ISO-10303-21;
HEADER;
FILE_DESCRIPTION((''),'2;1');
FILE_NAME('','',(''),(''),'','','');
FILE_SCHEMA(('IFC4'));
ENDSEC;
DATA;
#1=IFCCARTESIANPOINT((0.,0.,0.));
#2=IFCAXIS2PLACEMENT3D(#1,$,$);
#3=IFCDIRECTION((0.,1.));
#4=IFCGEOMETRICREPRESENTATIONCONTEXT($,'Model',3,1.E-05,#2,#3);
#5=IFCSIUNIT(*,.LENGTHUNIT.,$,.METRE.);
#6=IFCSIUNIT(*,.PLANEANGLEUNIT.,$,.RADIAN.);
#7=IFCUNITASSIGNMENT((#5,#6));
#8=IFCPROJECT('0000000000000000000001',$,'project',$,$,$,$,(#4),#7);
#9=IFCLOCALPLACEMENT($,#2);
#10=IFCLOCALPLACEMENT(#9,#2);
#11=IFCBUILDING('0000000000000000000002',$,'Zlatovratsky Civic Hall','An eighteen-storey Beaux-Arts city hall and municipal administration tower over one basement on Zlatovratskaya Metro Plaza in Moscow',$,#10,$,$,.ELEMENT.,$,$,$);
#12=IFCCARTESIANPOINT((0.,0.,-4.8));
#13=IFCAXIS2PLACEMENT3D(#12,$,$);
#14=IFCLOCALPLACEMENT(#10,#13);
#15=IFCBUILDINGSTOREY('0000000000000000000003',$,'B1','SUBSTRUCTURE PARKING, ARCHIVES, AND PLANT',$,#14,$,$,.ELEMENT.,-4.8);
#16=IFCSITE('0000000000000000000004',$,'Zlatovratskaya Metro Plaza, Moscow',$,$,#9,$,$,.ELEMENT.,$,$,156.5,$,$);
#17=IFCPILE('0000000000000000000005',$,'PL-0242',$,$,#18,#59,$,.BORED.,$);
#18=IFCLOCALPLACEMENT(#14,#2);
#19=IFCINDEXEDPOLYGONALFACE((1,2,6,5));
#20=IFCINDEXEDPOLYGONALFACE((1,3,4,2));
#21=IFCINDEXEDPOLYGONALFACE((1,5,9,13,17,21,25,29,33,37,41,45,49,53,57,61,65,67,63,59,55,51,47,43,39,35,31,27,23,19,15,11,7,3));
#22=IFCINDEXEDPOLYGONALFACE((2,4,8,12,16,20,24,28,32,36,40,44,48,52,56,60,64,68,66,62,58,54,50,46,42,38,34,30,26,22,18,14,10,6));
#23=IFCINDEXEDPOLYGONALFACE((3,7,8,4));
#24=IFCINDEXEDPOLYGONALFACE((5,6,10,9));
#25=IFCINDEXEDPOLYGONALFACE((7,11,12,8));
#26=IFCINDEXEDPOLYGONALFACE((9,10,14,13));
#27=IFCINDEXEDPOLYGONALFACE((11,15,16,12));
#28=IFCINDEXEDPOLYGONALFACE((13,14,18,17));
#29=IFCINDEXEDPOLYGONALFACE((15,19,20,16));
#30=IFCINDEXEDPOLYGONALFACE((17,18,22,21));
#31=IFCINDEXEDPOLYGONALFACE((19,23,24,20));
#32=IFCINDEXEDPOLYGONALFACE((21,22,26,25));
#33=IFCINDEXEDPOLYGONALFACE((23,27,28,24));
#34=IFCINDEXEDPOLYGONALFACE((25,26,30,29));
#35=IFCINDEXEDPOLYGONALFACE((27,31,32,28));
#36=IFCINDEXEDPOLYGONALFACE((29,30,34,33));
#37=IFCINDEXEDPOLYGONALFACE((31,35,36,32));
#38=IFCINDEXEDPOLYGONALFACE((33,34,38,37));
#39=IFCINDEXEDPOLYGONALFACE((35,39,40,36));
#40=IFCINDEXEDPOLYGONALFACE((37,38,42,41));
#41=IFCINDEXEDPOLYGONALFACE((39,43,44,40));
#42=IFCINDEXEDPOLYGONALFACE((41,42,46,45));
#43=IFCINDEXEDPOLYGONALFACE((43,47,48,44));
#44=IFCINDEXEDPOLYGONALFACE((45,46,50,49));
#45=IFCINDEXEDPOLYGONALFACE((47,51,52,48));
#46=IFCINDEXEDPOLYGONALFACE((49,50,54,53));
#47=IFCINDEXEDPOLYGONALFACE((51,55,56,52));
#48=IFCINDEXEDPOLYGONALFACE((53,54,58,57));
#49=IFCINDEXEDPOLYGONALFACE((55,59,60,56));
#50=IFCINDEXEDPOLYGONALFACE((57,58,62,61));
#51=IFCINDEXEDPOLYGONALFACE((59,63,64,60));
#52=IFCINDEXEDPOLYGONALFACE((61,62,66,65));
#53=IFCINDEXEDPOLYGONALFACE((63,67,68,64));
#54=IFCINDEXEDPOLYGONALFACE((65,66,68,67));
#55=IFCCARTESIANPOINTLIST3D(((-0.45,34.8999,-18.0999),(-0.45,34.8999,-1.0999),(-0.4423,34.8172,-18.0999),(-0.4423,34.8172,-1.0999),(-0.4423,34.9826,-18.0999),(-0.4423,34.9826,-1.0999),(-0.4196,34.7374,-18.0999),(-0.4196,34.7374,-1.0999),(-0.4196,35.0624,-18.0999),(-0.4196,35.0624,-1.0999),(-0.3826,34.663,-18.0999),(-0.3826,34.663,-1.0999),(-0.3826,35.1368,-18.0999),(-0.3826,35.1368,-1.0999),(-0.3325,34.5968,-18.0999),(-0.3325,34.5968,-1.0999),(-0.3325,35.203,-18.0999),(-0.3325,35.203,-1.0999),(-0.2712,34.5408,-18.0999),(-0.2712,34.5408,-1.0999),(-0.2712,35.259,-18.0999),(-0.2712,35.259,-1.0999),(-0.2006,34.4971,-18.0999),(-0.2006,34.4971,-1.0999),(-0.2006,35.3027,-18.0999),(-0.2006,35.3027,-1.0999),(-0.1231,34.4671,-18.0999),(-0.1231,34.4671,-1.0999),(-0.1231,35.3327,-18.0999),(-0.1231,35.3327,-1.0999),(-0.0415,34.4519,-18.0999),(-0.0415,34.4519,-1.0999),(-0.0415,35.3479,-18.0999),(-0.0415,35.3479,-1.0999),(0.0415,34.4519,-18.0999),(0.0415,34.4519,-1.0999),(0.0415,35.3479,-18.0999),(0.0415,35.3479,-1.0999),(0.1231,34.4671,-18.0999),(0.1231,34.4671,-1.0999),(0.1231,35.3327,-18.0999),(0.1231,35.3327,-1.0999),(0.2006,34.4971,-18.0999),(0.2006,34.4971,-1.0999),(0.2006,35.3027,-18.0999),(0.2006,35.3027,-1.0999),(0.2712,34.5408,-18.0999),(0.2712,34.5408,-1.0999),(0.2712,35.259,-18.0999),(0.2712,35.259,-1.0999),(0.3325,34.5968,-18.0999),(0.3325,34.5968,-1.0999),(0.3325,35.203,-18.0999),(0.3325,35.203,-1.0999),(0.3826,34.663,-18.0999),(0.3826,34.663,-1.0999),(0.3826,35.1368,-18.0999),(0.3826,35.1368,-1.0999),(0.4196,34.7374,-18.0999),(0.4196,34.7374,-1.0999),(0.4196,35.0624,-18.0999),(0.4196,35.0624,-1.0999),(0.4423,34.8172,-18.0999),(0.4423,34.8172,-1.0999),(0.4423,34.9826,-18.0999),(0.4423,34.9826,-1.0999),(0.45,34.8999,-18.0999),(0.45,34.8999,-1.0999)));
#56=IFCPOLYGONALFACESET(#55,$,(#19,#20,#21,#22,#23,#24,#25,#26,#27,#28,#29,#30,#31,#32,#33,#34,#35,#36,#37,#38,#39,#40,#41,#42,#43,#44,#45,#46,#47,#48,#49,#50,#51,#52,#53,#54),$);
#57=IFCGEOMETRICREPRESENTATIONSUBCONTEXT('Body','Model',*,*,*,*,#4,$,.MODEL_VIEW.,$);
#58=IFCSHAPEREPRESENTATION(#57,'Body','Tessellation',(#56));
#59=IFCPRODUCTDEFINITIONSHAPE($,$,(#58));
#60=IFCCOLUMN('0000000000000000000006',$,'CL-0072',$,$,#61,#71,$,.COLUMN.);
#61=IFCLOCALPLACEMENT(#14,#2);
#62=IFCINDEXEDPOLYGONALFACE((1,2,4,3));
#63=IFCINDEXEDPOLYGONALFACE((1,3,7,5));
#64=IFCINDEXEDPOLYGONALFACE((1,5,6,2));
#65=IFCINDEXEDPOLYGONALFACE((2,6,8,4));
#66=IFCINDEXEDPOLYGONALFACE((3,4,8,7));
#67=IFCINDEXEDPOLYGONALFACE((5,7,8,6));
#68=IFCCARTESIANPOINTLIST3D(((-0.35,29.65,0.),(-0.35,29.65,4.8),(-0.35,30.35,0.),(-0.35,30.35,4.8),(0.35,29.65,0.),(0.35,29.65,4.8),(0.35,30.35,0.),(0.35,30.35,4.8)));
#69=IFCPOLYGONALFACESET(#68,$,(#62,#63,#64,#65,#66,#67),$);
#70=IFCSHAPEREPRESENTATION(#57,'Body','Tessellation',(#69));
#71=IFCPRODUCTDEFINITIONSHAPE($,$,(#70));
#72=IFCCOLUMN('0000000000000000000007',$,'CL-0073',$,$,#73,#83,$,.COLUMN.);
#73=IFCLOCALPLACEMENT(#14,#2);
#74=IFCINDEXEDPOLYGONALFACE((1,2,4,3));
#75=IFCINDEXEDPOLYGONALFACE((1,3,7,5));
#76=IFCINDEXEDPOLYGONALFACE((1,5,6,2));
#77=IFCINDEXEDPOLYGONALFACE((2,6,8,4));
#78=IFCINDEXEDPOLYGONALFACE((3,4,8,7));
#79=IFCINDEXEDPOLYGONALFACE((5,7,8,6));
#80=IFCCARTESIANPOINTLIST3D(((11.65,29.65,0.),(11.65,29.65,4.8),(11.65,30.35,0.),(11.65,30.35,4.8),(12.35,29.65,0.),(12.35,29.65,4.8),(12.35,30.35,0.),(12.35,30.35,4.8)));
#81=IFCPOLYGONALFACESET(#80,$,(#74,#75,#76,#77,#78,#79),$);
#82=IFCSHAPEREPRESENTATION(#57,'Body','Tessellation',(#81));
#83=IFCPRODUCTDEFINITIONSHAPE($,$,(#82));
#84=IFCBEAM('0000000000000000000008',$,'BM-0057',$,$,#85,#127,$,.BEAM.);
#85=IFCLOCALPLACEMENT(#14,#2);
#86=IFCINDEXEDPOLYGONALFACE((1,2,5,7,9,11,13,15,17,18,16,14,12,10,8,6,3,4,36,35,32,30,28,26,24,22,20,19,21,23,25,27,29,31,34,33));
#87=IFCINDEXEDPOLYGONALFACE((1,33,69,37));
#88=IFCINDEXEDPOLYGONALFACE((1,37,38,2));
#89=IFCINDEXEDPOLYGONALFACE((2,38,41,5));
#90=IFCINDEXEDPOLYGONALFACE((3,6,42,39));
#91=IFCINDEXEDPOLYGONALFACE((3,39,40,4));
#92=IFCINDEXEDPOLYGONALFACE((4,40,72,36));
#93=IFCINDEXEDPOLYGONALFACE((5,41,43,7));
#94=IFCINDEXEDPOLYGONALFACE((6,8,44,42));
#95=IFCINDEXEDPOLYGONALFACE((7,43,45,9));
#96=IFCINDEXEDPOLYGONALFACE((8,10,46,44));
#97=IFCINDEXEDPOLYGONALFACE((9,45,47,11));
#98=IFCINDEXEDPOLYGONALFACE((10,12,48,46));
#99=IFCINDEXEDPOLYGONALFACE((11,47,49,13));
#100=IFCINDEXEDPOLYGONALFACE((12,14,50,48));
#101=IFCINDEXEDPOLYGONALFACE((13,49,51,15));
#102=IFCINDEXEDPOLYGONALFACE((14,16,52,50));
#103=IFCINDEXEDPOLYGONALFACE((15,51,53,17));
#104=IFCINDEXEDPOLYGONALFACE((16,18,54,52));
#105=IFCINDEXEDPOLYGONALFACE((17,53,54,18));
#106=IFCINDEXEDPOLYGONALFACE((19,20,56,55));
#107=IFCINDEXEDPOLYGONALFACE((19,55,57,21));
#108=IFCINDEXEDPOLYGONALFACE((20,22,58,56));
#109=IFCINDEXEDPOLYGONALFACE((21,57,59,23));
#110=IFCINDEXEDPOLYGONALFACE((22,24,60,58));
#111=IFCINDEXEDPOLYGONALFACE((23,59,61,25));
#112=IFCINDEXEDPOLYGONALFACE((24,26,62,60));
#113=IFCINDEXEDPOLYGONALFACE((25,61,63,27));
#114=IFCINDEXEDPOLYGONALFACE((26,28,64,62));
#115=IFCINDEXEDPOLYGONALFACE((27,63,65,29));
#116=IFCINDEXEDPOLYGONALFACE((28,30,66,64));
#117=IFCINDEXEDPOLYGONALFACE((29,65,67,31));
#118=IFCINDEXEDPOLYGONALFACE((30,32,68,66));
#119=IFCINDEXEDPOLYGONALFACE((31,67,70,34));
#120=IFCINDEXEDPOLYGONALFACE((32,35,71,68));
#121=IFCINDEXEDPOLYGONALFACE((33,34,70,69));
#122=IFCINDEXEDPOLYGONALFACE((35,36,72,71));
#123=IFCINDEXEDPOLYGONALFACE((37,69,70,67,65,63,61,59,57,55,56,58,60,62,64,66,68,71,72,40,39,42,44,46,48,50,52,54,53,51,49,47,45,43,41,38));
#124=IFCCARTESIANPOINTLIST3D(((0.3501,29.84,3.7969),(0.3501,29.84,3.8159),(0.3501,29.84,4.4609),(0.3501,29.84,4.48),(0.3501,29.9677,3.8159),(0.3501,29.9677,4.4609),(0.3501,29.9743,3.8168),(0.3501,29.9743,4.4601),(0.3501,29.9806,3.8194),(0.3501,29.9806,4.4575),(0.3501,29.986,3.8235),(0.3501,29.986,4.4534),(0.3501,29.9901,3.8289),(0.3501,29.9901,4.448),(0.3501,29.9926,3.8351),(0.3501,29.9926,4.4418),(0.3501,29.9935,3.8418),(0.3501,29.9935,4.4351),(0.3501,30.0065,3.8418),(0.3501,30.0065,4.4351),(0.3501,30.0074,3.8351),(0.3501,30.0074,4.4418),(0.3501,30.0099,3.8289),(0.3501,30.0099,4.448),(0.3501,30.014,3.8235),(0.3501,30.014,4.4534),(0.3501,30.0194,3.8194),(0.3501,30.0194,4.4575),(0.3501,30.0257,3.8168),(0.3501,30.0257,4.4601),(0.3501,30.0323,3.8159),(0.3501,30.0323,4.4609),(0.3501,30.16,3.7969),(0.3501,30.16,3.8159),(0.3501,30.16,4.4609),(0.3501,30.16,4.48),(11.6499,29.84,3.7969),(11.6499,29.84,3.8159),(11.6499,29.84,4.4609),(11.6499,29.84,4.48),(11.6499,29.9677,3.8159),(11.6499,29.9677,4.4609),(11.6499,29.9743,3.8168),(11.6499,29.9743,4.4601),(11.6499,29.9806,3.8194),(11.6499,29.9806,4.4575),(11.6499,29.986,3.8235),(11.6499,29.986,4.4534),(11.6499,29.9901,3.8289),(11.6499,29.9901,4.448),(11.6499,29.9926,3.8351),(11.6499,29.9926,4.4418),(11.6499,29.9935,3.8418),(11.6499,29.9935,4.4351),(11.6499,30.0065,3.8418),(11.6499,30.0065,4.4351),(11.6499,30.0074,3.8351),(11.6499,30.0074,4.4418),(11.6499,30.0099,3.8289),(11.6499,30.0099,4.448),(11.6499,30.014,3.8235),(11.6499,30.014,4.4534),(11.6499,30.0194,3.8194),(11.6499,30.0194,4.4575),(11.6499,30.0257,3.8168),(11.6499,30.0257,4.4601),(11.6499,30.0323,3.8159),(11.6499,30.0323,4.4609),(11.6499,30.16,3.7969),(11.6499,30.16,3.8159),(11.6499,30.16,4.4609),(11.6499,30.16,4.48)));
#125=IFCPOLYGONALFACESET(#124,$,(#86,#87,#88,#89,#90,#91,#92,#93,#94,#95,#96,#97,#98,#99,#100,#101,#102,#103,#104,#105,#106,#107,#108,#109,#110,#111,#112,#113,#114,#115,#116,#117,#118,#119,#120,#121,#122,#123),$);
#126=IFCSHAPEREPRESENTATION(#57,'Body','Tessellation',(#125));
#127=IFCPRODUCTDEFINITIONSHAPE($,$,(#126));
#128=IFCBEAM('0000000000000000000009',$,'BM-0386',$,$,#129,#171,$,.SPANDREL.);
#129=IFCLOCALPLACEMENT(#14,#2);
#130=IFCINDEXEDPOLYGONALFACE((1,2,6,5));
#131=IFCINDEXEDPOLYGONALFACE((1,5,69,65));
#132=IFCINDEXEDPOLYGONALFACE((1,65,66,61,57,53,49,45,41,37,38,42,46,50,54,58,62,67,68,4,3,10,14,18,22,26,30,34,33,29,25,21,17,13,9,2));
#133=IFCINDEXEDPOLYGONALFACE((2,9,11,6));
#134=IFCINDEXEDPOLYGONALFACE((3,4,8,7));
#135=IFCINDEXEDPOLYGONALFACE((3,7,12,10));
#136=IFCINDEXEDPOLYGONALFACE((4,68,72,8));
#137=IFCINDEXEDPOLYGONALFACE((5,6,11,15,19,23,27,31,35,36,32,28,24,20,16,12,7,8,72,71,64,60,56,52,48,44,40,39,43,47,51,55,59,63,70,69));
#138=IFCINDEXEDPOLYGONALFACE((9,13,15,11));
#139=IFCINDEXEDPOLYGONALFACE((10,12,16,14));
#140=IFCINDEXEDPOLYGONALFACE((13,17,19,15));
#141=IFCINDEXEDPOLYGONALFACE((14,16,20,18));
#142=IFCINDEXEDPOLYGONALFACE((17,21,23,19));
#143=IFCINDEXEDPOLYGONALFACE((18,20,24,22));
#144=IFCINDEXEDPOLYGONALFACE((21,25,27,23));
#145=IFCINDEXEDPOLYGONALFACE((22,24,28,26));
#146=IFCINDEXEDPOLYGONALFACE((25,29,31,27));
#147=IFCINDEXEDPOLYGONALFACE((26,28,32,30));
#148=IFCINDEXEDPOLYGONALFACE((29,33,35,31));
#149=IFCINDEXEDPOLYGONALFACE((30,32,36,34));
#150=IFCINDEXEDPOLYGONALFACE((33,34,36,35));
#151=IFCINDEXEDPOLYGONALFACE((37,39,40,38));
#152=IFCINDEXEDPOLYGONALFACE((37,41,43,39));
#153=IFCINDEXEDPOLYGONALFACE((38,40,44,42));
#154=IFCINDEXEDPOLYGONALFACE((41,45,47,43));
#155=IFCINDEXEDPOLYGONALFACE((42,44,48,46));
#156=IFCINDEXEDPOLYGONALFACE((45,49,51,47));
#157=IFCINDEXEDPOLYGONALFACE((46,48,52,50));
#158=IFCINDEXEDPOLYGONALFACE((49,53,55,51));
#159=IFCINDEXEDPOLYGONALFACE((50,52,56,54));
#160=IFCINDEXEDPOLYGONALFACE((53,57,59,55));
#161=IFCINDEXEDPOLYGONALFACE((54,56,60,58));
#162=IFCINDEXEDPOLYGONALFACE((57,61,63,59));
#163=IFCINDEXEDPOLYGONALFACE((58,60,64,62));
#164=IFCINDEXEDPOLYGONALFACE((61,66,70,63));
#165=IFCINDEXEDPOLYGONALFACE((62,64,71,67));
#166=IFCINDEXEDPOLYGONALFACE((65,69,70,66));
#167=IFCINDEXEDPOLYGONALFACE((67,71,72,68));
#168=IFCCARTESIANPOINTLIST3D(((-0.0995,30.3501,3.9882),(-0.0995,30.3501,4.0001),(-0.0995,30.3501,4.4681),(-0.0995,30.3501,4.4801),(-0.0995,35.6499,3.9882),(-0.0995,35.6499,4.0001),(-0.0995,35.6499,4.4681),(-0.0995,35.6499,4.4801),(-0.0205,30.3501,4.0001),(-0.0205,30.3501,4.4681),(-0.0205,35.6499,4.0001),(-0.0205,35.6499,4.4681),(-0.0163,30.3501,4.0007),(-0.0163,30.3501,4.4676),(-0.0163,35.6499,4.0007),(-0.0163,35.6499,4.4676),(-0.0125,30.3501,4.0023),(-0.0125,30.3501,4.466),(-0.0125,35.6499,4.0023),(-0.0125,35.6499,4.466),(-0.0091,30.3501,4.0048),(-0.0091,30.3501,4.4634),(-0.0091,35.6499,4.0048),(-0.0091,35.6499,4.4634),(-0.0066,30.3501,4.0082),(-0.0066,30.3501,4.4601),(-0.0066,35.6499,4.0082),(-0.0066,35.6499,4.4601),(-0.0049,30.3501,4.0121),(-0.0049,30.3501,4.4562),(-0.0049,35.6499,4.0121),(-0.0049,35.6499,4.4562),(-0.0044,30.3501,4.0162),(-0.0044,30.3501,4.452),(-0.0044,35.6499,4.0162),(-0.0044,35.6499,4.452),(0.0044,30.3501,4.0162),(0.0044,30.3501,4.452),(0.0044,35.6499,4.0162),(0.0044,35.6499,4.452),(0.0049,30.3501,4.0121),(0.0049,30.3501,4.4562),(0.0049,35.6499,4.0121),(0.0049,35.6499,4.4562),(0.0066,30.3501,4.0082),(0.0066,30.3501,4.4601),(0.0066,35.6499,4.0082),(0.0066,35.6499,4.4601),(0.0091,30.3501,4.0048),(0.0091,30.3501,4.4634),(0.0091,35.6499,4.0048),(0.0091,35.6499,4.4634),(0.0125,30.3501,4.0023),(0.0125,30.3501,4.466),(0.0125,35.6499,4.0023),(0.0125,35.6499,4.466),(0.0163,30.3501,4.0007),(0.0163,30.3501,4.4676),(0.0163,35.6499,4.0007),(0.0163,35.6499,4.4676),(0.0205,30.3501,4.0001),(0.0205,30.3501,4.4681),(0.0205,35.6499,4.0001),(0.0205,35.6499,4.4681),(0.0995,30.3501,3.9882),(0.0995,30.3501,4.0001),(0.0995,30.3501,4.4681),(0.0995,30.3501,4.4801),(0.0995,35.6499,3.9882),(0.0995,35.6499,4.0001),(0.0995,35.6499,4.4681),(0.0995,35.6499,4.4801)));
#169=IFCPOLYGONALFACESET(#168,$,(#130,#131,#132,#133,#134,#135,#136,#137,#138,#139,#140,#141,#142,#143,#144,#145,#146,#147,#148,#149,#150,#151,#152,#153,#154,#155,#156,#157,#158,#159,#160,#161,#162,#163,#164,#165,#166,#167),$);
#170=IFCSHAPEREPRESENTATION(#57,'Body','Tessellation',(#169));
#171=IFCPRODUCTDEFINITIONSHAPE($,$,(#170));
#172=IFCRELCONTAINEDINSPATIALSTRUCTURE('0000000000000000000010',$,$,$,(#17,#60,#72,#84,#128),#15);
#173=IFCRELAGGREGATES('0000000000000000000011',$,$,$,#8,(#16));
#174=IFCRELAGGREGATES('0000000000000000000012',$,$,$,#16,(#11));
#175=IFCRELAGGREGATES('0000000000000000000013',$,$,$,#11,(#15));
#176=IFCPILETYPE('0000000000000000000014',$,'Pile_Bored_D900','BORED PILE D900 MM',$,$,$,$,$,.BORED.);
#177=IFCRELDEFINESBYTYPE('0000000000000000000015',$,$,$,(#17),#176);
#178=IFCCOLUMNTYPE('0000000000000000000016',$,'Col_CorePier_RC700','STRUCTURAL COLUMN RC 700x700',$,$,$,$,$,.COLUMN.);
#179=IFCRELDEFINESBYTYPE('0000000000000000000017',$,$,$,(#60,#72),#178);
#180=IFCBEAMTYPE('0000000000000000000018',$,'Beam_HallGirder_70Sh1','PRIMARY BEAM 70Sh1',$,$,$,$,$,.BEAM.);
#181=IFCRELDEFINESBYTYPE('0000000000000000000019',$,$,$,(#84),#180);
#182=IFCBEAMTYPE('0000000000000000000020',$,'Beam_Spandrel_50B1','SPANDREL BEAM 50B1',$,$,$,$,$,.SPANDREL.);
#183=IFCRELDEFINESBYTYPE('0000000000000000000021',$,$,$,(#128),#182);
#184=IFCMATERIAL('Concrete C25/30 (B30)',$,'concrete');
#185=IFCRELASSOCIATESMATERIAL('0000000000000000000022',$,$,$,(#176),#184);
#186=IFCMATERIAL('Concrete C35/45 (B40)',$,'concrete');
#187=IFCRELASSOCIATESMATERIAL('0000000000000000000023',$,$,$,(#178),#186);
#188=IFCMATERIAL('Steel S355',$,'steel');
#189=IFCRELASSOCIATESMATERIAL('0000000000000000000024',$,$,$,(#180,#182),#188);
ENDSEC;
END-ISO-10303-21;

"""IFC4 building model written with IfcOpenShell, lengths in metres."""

from ifc_helpers import new_model, si_unit, direction, frame, origin, origin_2d, place, context, subcontext, project, spatial, rectangle, circle, i_section, extrude, material, material_profile, profile_set, type_object, element, save


model = new_model("IFC4")

# Units and contexts
model_context = context("Model", 3, precision=1e-05, world=origin(), true_north=direction((0.0, 1.0)))
body_context = subcontext(model_context, "Body", "Model", "MODEL_VIEW")
ifc_project = project(units=[si_unit("LENGTHUNIT", "METRE"), si_unit("PLANEANGLEUNIT", "RADIAN")], contexts=[model_context])

# Site, building, storey
site_placement = place(None, origin())
site = spatial("IfcSite", under=ifc_project, at=site_placement, Name="Zlatovratskaya Metro Plaza, Moscow", CompositionType="ELEMENT", RefElevation=156.5)
building_placement = place(site_placement, origin())
building = spatial("IfcBuilding", under=site, at=building_placement, Name="Zlatovratsky Civic Hall", Description="An eighteen-storey Beaux-Arts city hall and municipal administration tower over one basement on Zlatovratskaya Metro Plaza in Moscow", CompositionType="ELEMENT")
storey_placement = place(building_placement, frame((0.0, 0.0, -4.8)))
storey = spatial("IfcBuildingStorey", under=building, at=storey_placement, Name="B1", Description="SUBSTRUCTURE PARKING, ARCHIVES, AND PLANT", CompositionType="ELEMENT", Elevation=-4.8)

# Shared definitions
ifc_material_1 = material(Name="Concrete C25/30 (B30)", Category="concrete")

# Pile
ifc_material_profile_1 = material_profile(ifc_material_1, circle(Radius=0.45, at=origin_2d()), Name="PILE D900")
ifc_profile_set_1 = profile_set([ifc_material_profile_1], Name="Concrete C25/30 (B30)")
pile_type_1 = type_object("IfcPileType", Name="Pile_Bored_D900", Description="BORED PILE D900 MM", PredefinedType="BORED", material=ifc_profile_set_1)
for number, where, z_axis, x_axis, name in (
    (1, (0.0, 34.8999, -1.0999), (0.0, 0.0, -1.0), (1.0, 0.0, 0.0), "PL-0242"),
):
    element("IfcPile", number, at=place(storey_placement, frame(where, z_axis=z_axis, x_axis=x_axis)), inside=storey, type_object=pile_type_1, Name=name, PredefinedType="BORED", context=body_context, shape_type="SweptSolid", body=[
        extrude(circle(Radius=0.45, at=origin_2d()), origin(), (0.0, 0.0, 1.0), 17.0),
    ])

# Columns
ifc_material_2 = material(Name="Concrete C35/45 (B40)", Category="concrete")
ifc_material_profile_2 = material_profile(ifc_material_2, rectangle(XDim=0.7, YDim=0.7, at=origin_2d()), Name="RC 700x700")
ifc_profile_set_2 = profile_set([ifc_material_profile_2], Name="Concrete C35/45 (B40)")
column_type = type_object("IfcColumnType", Name="Col_CorePier_RC700", Description="STRUCTURAL COLUMN RC 700x700", PredefinedType="COLUMN", material=ifc_profile_set_2)
for number, where, z_axis, x_axis, name in (
    (2, (0.0, 30.0, 0.0), (0.0, 0.0, 1.0), (1.0, 0.0, 0.0), "CL-0072"),
    (3, (12.0, 30.0, 0.0), (0.0, 0.0, 1.0), (1.0, 0.0, 0.0), "CL-0073"),
):
    element("IfcColumn", number, at=place(storey_placement, frame(where, z_axis=z_axis, x_axis=x_axis)), inside=storey, type_object=column_type, Name=name, PredefinedType="COLUMN", context=body_context, shape_type="SweptSolid", body=[
        extrude(rectangle(XDim=0.7, YDim=0.7, at=origin_2d()), origin(), (0.0, 0.0, 1.0), 4.8),
    ])

# Beams
ifc_material_3 = material(Name="Steel S355", Category="steel")
ifc_material_profile_3 = material_profile(ifc_material_3, i_section(OverallWidth=0.3201, OverallDepth=0.6831, WebThickness=0.0129, FlangeThickness=0.019, FilletRadius=0.0259, at=origin_2d()), Name="70Sh1")
ifc_profile_set_3 = profile_set([ifc_material_profile_3], Name="Steel S355")
beam_type_1 = type_object("IfcBeamType", Name="Beam_HallGirder_70Sh1", Description="PRIMARY BEAM 70Sh1", PredefinedType="BEAM", material=ifc_profile_set_3)
beam_1_placement = place(storey_placement, frame((0.3501, 30.0, 4.1384), z_axis=(1.0, 0.0, 0.0), x_axis=(0.0, 1.0, 0.0)))
element("IfcBeam", 4, at=beam_1_placement, inside=storey, type_object=beam_type_1, Name="BM-0057", PredefinedType="BEAM", context=body_context, shape_type="SweptSolid", body=[
    extrude(i_section(OverallWidth=0.3201, OverallDepth=0.6831, WebThickness=0.0129, FlangeThickness=0.019, FilletRadius=0.0259, at=origin_2d()), origin(), (0.0, 0.0, 1.0), 11.2998),
])
ifc_material_profile_4 = material_profile(ifc_material_3, i_section(OverallWidth=0.199, OverallDepth=0.4919, WebThickness=0.0088, FlangeThickness=0.012, FilletRadius=0.0161, at=origin_2d()), Name="50B1")
ifc_profile_set_4 = profile_set([ifc_material_profile_4], Name="Steel S355")
beam_type_2 = type_object("IfcBeamType", Name="Beam_Spandrel_50B1", Description="SPANDREL BEAM 50B1", PredefinedType="SPANDREL", material=ifc_profile_set_4)
beam_2_placement = place(storey_placement, frame((0.0, 30.3501, 4.2341), z_axis=(0.0, 1.0, 0.0), x_axis=(-1.0, 0.0, 0.0)))
element("IfcBeam", 5, at=beam_2_placement, inside=storey, type_object=beam_type_2, Name="BM-0386", PredefinedType="SPANDREL", context=body_context, shape_type="SweptSolid", body=[
    extrude(i_section(OverallWidth=0.199, OverallDepth=0.4919, WebThickness=0.0088, FlangeThickness=0.012, FilletRadius=0.0161, at=origin_2d()), origin(), (0.0, 0.0, 1.0), 5.2998),
])

save(model, "model.ifc")
